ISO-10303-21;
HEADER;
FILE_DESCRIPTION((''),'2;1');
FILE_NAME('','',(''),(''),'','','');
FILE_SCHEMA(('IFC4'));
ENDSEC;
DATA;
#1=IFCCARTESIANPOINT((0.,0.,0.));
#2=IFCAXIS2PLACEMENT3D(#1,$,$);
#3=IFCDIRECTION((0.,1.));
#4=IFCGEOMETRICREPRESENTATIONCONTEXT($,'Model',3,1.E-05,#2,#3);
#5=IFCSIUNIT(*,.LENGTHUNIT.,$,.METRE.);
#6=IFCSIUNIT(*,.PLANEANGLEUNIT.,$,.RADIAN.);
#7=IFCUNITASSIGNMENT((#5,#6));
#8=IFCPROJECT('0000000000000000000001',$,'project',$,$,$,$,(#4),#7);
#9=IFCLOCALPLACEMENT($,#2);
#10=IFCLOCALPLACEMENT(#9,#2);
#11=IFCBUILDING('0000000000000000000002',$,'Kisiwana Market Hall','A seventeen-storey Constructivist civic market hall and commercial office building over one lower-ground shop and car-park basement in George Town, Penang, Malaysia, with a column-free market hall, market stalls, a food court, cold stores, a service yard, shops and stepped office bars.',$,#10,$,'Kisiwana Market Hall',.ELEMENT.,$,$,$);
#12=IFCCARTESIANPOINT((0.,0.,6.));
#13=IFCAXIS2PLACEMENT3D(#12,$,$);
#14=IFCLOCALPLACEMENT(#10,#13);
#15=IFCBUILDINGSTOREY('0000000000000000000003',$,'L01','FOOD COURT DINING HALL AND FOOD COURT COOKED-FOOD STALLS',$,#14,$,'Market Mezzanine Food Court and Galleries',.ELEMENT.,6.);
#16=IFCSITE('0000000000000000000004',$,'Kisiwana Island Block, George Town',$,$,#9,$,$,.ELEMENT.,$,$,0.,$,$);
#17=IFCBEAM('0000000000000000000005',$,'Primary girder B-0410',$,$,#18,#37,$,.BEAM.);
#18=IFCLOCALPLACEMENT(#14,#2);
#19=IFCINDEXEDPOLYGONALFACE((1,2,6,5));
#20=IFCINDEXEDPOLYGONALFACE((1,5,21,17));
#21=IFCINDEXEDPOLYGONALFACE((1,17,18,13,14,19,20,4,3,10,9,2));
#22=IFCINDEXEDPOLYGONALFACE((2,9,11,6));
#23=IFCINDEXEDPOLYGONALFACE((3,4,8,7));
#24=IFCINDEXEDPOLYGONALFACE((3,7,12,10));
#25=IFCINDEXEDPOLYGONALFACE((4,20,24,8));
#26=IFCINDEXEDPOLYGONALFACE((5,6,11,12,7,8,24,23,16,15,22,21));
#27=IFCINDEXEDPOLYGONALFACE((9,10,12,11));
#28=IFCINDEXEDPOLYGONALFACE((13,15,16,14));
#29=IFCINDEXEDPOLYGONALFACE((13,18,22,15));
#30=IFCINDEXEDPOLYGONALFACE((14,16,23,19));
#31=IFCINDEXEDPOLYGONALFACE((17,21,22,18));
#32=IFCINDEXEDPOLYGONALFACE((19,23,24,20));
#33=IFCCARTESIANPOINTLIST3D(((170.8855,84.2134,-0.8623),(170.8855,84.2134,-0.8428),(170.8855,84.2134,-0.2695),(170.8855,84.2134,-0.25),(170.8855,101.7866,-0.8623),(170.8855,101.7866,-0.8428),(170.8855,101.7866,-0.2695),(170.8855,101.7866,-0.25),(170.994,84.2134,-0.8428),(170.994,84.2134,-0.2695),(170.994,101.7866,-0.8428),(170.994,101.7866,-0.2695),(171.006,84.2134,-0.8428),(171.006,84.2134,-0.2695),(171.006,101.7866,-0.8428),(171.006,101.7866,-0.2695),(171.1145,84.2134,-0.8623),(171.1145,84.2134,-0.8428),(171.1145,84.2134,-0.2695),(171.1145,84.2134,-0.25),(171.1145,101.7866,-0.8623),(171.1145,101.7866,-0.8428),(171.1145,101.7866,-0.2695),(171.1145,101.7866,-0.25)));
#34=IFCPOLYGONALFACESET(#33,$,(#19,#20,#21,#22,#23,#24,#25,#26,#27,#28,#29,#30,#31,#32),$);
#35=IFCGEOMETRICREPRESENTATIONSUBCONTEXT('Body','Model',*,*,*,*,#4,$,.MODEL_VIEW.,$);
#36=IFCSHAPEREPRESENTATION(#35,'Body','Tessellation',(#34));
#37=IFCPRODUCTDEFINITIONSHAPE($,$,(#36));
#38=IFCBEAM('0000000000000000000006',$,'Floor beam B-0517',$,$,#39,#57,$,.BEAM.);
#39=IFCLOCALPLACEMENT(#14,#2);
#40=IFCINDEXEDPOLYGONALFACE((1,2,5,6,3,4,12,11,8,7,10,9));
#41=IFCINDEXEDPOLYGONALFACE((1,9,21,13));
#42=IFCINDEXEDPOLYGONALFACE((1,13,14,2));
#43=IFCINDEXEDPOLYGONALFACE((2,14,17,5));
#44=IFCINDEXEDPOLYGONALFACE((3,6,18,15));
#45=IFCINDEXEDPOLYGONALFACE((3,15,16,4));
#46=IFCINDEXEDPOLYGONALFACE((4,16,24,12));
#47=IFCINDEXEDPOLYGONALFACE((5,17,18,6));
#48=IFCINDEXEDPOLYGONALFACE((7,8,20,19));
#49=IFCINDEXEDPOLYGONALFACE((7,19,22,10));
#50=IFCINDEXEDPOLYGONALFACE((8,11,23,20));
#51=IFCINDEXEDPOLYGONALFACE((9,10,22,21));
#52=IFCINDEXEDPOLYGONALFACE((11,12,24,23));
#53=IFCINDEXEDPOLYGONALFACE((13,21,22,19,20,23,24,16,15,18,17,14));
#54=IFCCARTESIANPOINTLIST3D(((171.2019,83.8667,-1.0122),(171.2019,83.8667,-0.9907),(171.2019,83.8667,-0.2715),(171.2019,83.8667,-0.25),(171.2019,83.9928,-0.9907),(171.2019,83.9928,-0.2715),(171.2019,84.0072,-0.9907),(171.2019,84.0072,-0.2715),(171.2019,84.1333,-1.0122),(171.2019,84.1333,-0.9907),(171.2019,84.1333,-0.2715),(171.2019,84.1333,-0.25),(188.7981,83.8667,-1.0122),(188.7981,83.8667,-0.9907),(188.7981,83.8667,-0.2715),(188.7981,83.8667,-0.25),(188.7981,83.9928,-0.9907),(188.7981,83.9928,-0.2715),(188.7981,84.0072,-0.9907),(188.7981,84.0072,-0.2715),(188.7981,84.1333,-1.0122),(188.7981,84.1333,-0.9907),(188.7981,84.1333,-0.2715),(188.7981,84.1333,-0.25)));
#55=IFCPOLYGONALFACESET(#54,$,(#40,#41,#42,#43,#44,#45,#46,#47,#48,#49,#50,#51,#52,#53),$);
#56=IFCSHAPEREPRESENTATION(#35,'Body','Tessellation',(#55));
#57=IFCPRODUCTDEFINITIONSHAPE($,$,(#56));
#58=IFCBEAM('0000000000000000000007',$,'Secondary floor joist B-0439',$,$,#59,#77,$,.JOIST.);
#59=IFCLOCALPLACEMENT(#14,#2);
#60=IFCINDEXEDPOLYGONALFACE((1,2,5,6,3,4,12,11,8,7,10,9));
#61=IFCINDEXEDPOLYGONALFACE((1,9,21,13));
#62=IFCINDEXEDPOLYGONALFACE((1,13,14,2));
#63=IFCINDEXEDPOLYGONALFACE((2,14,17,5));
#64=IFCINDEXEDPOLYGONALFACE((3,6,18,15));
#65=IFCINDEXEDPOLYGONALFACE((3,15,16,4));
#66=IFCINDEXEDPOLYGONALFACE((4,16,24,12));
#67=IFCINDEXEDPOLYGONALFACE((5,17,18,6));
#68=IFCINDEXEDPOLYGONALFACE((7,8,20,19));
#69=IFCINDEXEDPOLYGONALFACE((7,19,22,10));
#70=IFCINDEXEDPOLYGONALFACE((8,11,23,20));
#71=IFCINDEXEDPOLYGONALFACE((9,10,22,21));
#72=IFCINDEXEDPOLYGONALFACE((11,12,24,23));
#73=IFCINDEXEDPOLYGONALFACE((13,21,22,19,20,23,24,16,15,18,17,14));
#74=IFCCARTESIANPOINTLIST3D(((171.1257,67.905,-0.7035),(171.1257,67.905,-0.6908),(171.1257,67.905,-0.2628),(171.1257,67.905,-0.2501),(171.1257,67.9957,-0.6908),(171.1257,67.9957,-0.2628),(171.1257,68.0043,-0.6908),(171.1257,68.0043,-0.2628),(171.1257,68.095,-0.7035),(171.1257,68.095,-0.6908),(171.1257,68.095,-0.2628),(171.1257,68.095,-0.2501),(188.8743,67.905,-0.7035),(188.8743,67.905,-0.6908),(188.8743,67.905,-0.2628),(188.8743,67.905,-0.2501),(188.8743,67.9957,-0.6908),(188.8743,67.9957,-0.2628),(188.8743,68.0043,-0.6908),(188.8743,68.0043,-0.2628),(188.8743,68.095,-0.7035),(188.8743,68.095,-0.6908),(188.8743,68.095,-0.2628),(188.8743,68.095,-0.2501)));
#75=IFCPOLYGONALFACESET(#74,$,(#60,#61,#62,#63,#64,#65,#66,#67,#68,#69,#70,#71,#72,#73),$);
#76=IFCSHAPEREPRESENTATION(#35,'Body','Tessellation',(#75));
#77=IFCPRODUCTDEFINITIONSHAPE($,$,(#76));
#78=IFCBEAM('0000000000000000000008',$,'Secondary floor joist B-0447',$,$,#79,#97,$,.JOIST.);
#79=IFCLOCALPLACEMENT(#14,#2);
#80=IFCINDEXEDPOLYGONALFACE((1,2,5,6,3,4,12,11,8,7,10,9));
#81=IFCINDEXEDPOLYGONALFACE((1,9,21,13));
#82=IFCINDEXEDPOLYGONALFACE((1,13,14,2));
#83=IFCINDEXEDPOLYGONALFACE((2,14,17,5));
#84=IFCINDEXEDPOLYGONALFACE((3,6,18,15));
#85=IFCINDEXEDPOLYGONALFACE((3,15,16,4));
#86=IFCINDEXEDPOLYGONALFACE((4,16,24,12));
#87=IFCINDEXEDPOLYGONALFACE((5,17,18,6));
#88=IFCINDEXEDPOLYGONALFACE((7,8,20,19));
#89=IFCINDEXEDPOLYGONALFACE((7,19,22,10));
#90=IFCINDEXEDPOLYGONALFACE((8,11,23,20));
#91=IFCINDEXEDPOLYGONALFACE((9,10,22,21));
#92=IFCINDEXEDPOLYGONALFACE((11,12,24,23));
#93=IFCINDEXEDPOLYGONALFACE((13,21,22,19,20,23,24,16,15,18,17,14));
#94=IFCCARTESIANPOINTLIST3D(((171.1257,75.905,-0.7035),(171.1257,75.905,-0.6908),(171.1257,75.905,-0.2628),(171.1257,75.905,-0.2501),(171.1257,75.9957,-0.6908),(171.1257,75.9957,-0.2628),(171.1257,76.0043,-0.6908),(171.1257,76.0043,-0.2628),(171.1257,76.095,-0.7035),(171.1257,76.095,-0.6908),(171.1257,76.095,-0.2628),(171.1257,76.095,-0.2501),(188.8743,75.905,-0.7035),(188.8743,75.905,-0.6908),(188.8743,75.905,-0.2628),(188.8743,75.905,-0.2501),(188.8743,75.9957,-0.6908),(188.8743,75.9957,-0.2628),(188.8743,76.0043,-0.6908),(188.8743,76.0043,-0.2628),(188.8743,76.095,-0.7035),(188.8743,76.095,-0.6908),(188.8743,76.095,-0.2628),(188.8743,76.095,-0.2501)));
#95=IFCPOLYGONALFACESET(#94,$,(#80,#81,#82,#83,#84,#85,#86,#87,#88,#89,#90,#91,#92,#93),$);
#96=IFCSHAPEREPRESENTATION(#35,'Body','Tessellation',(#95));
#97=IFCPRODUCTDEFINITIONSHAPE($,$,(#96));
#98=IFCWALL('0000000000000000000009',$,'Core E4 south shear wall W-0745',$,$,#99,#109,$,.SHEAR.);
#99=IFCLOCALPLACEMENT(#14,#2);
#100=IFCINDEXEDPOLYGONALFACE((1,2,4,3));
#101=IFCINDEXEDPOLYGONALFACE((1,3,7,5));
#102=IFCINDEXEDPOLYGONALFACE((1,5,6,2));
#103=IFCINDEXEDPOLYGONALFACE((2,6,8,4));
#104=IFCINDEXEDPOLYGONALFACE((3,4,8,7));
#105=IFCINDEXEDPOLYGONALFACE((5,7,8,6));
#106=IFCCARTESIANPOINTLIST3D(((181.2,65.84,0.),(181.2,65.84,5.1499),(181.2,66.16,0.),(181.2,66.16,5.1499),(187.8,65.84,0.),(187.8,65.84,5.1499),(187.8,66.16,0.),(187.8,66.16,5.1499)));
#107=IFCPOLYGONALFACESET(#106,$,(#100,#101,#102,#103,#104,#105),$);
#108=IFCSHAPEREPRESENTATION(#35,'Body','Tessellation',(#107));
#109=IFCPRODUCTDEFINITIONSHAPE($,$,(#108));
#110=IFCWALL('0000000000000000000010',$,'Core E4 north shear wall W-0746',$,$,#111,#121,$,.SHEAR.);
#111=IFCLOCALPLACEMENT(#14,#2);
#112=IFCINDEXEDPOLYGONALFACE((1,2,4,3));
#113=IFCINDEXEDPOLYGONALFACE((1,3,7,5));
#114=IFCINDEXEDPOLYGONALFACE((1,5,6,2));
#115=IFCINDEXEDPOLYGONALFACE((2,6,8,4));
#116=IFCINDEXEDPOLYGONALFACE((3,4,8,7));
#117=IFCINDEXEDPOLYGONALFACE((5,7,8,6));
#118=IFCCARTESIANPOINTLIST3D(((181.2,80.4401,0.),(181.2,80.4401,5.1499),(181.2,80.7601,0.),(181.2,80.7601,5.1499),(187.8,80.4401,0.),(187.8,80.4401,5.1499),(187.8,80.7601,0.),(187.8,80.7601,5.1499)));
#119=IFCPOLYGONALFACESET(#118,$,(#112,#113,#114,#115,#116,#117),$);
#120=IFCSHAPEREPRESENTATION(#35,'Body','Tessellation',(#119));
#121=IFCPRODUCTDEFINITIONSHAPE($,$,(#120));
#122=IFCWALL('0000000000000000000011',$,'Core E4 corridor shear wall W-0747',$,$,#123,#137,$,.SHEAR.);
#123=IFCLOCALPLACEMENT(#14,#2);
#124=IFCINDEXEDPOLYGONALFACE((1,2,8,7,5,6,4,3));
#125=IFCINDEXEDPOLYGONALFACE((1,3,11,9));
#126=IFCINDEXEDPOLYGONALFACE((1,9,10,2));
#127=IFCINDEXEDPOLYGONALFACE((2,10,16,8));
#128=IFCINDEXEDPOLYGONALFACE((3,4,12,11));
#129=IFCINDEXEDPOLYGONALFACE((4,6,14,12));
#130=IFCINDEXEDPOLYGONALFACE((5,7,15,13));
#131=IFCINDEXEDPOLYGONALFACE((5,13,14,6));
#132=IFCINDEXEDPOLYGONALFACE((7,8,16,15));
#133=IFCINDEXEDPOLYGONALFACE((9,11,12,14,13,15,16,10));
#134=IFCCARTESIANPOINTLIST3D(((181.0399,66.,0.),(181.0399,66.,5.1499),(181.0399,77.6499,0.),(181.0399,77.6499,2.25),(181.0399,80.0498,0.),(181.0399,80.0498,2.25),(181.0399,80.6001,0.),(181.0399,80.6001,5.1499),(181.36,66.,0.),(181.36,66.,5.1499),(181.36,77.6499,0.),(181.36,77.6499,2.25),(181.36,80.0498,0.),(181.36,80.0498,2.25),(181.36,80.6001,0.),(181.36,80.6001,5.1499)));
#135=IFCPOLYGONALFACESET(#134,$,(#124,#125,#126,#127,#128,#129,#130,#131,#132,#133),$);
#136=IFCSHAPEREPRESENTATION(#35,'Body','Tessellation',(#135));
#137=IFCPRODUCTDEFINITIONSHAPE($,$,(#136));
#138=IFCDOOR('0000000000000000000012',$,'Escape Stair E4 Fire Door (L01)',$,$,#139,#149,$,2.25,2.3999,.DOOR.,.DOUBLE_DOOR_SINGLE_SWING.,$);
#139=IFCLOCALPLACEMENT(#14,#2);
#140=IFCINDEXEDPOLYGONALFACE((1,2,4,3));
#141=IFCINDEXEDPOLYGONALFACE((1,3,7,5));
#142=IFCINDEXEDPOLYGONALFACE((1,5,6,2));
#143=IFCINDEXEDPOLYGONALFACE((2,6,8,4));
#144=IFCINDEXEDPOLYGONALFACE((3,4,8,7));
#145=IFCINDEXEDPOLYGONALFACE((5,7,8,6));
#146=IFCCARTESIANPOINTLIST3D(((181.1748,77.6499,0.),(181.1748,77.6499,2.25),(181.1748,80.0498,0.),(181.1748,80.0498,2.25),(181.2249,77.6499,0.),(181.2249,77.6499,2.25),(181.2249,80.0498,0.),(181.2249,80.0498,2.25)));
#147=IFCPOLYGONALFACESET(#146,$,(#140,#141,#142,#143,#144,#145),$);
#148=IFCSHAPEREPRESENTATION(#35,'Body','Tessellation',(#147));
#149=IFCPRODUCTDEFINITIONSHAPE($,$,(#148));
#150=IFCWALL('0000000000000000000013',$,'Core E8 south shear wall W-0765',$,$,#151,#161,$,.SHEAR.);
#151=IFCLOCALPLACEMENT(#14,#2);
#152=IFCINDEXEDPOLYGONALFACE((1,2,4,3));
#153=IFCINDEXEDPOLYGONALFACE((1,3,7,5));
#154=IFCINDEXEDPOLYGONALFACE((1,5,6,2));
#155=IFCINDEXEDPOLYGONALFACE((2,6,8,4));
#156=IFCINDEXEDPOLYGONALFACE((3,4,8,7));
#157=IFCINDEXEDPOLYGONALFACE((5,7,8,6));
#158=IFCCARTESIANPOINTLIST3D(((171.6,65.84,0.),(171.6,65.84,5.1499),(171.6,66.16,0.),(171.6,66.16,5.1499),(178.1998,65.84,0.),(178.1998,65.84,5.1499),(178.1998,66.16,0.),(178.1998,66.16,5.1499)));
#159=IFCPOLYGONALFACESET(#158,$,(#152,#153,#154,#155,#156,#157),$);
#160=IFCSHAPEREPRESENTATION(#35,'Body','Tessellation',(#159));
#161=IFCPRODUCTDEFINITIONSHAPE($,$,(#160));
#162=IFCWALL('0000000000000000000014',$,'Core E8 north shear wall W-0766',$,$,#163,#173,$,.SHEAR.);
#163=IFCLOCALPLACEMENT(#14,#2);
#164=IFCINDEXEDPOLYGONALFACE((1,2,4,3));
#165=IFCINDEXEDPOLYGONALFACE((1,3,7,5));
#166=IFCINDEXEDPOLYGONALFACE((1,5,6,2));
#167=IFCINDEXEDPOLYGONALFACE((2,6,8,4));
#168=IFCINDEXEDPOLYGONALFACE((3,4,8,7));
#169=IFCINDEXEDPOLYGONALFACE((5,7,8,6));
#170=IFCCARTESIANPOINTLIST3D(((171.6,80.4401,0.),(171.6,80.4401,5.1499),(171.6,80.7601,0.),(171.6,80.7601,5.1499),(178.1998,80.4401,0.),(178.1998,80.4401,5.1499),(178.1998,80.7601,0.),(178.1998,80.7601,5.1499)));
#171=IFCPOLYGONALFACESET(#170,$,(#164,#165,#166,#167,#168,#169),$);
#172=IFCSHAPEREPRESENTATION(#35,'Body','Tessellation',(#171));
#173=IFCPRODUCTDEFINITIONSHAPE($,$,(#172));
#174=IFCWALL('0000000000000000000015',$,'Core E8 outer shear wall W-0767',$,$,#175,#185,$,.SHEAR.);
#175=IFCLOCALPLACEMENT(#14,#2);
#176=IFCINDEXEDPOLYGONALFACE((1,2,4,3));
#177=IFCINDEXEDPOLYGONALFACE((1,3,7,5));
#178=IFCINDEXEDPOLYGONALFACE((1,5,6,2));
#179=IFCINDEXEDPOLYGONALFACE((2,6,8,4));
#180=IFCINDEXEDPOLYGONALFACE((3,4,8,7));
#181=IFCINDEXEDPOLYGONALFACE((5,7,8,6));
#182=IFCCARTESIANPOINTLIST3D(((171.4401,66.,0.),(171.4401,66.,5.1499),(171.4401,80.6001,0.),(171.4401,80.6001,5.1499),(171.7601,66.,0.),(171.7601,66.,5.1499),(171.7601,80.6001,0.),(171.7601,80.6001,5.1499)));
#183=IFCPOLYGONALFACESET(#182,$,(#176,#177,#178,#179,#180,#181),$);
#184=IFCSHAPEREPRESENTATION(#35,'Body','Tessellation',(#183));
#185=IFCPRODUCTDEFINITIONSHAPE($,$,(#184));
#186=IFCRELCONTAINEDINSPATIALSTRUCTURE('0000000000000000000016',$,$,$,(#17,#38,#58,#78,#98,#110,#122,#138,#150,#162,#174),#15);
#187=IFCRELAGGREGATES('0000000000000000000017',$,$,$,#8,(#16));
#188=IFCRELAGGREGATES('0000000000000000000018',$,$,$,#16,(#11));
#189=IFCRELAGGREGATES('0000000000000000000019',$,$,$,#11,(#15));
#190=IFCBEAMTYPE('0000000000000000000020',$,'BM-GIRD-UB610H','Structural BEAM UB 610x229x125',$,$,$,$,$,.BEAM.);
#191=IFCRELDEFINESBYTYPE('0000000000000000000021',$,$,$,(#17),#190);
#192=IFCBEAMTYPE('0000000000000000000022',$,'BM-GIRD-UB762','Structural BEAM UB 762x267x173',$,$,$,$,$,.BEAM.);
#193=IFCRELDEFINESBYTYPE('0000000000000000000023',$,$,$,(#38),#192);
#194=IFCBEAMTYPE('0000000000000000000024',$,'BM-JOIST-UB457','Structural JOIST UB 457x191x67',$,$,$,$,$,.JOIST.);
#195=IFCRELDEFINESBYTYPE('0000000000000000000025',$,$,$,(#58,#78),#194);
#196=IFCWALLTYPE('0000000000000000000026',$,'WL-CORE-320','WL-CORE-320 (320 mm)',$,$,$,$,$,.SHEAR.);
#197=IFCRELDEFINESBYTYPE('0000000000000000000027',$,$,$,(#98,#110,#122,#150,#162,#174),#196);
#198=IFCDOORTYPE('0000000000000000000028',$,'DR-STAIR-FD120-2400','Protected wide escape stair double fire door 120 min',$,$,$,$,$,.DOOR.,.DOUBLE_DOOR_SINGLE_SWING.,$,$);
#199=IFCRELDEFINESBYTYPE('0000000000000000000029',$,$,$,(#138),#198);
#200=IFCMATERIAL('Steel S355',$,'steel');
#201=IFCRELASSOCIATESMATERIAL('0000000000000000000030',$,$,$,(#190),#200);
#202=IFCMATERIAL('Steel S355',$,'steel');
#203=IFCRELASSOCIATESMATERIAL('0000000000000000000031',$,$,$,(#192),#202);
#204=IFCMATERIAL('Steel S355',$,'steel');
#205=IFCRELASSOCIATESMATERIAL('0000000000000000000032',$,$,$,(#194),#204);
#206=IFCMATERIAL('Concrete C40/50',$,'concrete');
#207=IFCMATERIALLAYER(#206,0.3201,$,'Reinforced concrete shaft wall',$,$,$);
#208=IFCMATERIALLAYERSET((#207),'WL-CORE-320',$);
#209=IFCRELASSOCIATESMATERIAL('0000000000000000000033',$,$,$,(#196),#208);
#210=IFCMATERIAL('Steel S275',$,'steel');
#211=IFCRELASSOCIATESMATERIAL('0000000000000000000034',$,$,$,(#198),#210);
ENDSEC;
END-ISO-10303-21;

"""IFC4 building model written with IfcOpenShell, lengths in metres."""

from ifc_helpers import new_model, si_unit, direction, frame, frame_2d, origin, origin_2d, place, context, subcontext, project, spatial, rectangle, i_section, extrude, material, layer, layer_set, material_profile, profile_set, type_object, element, fill, save


model = new_model("IFC4")

# Units and contexts
model_context = context("Model", 3, precision=1e-05, world=origin(), true_north=direction((0.0, 1.0)))
body_context = subcontext(model_context, "Body", "Model", "MODEL_VIEW")
ifc_project = project(units=[si_unit("LENGTHUNIT", "METRE"), si_unit("PLANEANGLEUNIT", "RADIAN")], contexts=[model_context])

# Site, building, storey
site_placement = place(None, origin())
site = spatial("IfcSite", under=ifc_project, at=site_placement, Name="Kisiwana Island Block, George Town", CompositionType="ELEMENT", RefElevation=0.0)
building_placement = place(site_placement, origin())
building = spatial("IfcBuilding", under=site, at=building_placement, Name="Kisiwana Market Hall", Description="A seventeen-storey Constructivist civic market hall and commercial office building over one lower-ground shop and car-park basement in George Town, Penang, Malaysia, with a column-free market hall, market stalls, a food court, cold stores, a service yard, shops and stepped office bars.", LongName="Kisiwana Market Hall", CompositionType="ELEMENT")
storey_placement = place(building_placement, frame((0.0, 0.0, 6.0)))
storey = spatial("IfcBuildingStorey", under=building, at=storey_placement, Name="L01", Description="FOOD COURT DINING HALL AND FOOD COURT COOKED-FOOD STALLS", LongName="Market Mezzanine Food Court and Galleries", CompositionType="ELEMENT", Elevation=6.0)

# Beams
ifc_material_1 = material(Name="Steel S355", Category="steel")
ifc_material_profile_1 = material_profile(ifc_material_1, i_section(OverallWidth=0.229, OverallDepth=0.6123, WebThickness=0.012, FlangeThickness=0.0195, at=origin_2d()), Name="UB 610x229x125")
ifc_profile_set_1 = profile_set([ifc_material_profile_1], Name="Steel S355")
beam_type_1 = type_object("IfcBeamType", Name="BM-GIRD-UB610H", Description="Structural BEAM UB 610x229x125", PredefinedType="BEAM", material=ifc_profile_set_1)
beam_1_placement = place(storey_placement, frame((171.0, 84.2134, -0.5562), z_axis=(0.0, 1.0, 0.0), x_axis=(-1.0, 0.0, 0.0)))
element("IfcBeam", 1, at=beam_1_placement, inside=storey, type_object=beam_type_1, Name="Primary girder B-0410", PredefinedType="BEAM", context=body_context, shape_type="SweptSolid", body=[
    extrude(i_section(OverallWidth=0.229, OverallDepth=0.6123, WebThickness=0.012, FlangeThickness=0.0195, at=origin_2d()), origin(), (0.0, 0.0, 1.0), 17.5732),
])
ifc_material_2 = material(Name="Steel S355", Category="steel")
ifc_material_profile_2 = material_profile(ifc_material_2, i_section(OverallWidth=0.2666, OverallDepth=0.7622, WebThickness=0.0144, FlangeThickness=0.0215, at=origin_2d()), Name="UB 762x267x173")
ifc_profile_set_2 = profile_set([ifc_material_profile_2], Name="Steel S355")
beam_type_2 = type_object("IfcBeamType", Name="BM-GIRD-UB762", Description="Structural BEAM UB 762x267x173", PredefinedType="BEAM", material=ifc_profile_set_2)
beam_2_placement = place(storey_placement, frame((171.2019, 84.0, -0.6311), z_axis=(1.0, 0.0, 0.0), x_axis=(0.0, 1.0, 0.0)))
element("IfcBeam", 2, at=beam_2_placement, inside=storey, type_object=beam_type_2, Name="Floor beam B-0517", PredefinedType="BEAM", context=body_context, shape_type="SweptSolid", body=[
    extrude(i_section(OverallWidth=0.2666, OverallDepth=0.7622, WebThickness=0.0144, FlangeThickness=0.0215, at=origin_2d()), origin(), (0.0, 0.0, 1.0), 17.5962),
])
ifc_material_3 = material(Name="Steel S355", Category="steel")
ifc_material_profile_3 = material_profile(ifc_material_3, i_section(OverallWidth=0.1899, OverallDepth=0.4534, WebThickness=0.0085, FlangeThickness=0.0127, at=origin_2d()), Name="UB 457x191x67")
ifc_profile_set_3 = profile_set([ifc_material_profile_3], Name="Steel S355")
beam_type_3 = type_object("IfcBeamType", Name="BM-JOIST-UB457", Description="Structural JOIST UB 457x191x67", PredefinedType="JOIST", material=ifc_profile_set_3)
for number, where, z_axis, x_axis, name in (
    (3, (171.1257, 68.0, -0.4768), (1.0, 0.0, 0.0), (0.0, 1.0, 0.0), "Secondary floor joist B-0439"),
    (4, (171.1257, 76.0, -0.4768), (1.0, 0.0, 0.0), (0.0, 1.0, 0.0), "Secondary floor joist B-0447"),
):
    element("IfcBeam", number, at=place(storey_placement, frame(where, z_axis=z_axis, x_axis=x_axis)), inside=storey, type_object=beam_type_3, Name=name, PredefinedType="JOIST", context=body_context, shape_type="SweptSolid", body=[
        extrude(i_section(OverallWidth=0.1899, OverallDepth=0.4534, WebThickness=0.0085, FlangeThickness=0.0127, at=origin_2d()), origin(), (0.0, 0.0, 1.0), 17.7485),
    ])

# Walls
ifc_material_4 = material(Name="Concrete C40/50", Category="concrete")
ifc_layer_1 = layer(ifc_material_4, 0.3201, Name="Reinforced concrete shaft wall")
ifc_layer_set_1 = layer_set([ifc_layer_1], Name="WL-CORE-320")
wall_type_1 = type_object("IfcWallType", Name="WL-CORE-320", Description="WL-CORE-320 (320 mm)", PredefinedType="SHEAR", material=ifc_layer_set_1)
for number, where, z_axis, x_axis, name in (
    (5, (181.2, 66.0, 0.0), (0.0, 0.0, 1.0), (1.0, 0.0, 0.0), "Core E4 south shear wall W-0745"),
    (6, (181.2, 80.6001, 0.0), (0.0, 0.0, 1.0), (1.0, 0.0, 0.0), "Core E4 north shear wall W-0746"),
):
    element("IfcWall", number, at=place(storey_placement, frame(where, z_axis=z_axis, x_axis=x_axis)), inside=storey, type_object=wall_type_1, Name=name, PredefinedType="SHEAR", context=body_context, shape_type="SweptSolid", body=[
        extrude(rectangle(XDim=6.6001, YDim=0.3201, at=frame_2d((3.3, 0.0))), origin(), (0.0, 0.0, 1.0), 5.1499),
    ])

# Wall, opening, door
wall_1_placement = place(storey_placement, frame((181.2, 66.0, 0.0), z_axis=(0.0, 0.0, 1.0), x_axis=(0.0, 1.0, 0.0)))
wall_1 = element("IfcWall", 7, at=wall_1_placement, inside=storey, type_object=wall_type_1, Name="Core E4 corridor shear wall W-0747", PredefinedType="SHEAR", context=body_context, shape_type="SweptSolid", body=[
    extrude(rectangle(XDim=14.6001, YDim=0.3201, at=frame_2d((7.3, 0.0))), origin(), (0.0, 0.0, 1.0), 5.1499),
])
opening_1_placement = place(wall_1_placement, frame((11.6499, 0.0, 0.0)))
opening_1 = element("IfcOpeningElement", 8, at=opening_1_placement, cuts=wall_1, PredefinedType="OPENING", context=body_context, shape_type="SweptSolid", body=[
    extrude(rectangle(XDim=2.3999, YDim=2.25, at=frame_2d((1.2, 1.125))), frame((0.0, 0.1719, 0.0), z_axis=(0.0, -1.0, 0.0), x_axis=(1.0, 0.0, 0.0)), (0.0, 0.0, 1.0), 0.344),
])
ifc_material_5 = material(Name="Steel S275", Category="steel")
door_type_1 = type_object("IfcDoorType", Name="DR-STAIR-FD120-2400", Description="Protected wide escape stair double fire door 120 min", OperationType="DOUBLE_DOOR_SINGLE_SWING", PredefinedType="DOOR", material=ifc_material_5)
door_1_placement = place(opening_1_placement, frame((2.3999, 0.0, 0.0), z_axis=(0.0, 0.0, 1.0), x_axis=(-1.0, 0.0, 0.0)))
door_1 = element("IfcDoor", 9, at=door_1_placement, inside=storey, type_object=door_type_1, Name="Escape Stair E4 Fire Door (L01)", OperationType="DOUBLE_DOOR_SINGLE_SWING", OverallHeight=2.25, OverallWidth=2.3999, PredefinedType="DOOR", context=body_context, shape_type="SweptSolid", body=[
    extrude(rectangle(XDim=2.3999, YDim=2.25, at=frame_2d((1.2, 1.125))), frame((0.0, 0.0249, 0.0), z_axis=(0.0, -1.0, 0.0), x_axis=(1.0, 0.0, 0.0)), (0.0, 0.0, 1.0), 0.05),
])
fill(opening_1, door_1)

# Walls
for number, where, z_axis, x_axis, name in (
    (10, (171.6001, 66.0, 0.0), (0.0, 0.0, 1.0), (1.0, 0.0, 0.0), "Core E8 south shear wall W-0765"),
    (11, (171.6001, 80.6001, 0.0), (0.0, 0.0, 1.0), (1.0, 0.0, 0.0), "Core E8 north shear wall W-0766"),
):
    element("IfcWall", number, at=place(storey_placement, frame(where, z_axis=z_axis, x_axis=x_axis)), inside=storey, type_object=wall_type_1, Name=name, PredefinedType="SHEAR", context=body_context, shape_type="SweptSolid", body=[
        extrude(rectangle(XDim=6.5999, YDim=0.3201, at=frame_2d((3.2998, 0.0))), origin(), (0.0, 0.0, 1.0), 5.1499),
    ])
wall_2_placement = place(storey_placement, frame((171.6001, 66.0, 0.0), z_axis=(0.0, 0.0, 1.0), x_axis=(0.0, 1.0, 0.0)))
element("IfcWall", 12, at=wall_2_placement, inside=storey, type_object=wall_type_1, Name="Core E8 outer shear wall W-0767", PredefinedType="SHEAR", context=body_context, shape_type="SweptSolid", body=[
    extrude(rectangle(XDim=14.6001, YDim=0.3201, at=frame_2d((7.3, 0.0))), origin(), (0.0, 0.0, 1.0), 5.1499),
])

save(model, "model.ifc")
